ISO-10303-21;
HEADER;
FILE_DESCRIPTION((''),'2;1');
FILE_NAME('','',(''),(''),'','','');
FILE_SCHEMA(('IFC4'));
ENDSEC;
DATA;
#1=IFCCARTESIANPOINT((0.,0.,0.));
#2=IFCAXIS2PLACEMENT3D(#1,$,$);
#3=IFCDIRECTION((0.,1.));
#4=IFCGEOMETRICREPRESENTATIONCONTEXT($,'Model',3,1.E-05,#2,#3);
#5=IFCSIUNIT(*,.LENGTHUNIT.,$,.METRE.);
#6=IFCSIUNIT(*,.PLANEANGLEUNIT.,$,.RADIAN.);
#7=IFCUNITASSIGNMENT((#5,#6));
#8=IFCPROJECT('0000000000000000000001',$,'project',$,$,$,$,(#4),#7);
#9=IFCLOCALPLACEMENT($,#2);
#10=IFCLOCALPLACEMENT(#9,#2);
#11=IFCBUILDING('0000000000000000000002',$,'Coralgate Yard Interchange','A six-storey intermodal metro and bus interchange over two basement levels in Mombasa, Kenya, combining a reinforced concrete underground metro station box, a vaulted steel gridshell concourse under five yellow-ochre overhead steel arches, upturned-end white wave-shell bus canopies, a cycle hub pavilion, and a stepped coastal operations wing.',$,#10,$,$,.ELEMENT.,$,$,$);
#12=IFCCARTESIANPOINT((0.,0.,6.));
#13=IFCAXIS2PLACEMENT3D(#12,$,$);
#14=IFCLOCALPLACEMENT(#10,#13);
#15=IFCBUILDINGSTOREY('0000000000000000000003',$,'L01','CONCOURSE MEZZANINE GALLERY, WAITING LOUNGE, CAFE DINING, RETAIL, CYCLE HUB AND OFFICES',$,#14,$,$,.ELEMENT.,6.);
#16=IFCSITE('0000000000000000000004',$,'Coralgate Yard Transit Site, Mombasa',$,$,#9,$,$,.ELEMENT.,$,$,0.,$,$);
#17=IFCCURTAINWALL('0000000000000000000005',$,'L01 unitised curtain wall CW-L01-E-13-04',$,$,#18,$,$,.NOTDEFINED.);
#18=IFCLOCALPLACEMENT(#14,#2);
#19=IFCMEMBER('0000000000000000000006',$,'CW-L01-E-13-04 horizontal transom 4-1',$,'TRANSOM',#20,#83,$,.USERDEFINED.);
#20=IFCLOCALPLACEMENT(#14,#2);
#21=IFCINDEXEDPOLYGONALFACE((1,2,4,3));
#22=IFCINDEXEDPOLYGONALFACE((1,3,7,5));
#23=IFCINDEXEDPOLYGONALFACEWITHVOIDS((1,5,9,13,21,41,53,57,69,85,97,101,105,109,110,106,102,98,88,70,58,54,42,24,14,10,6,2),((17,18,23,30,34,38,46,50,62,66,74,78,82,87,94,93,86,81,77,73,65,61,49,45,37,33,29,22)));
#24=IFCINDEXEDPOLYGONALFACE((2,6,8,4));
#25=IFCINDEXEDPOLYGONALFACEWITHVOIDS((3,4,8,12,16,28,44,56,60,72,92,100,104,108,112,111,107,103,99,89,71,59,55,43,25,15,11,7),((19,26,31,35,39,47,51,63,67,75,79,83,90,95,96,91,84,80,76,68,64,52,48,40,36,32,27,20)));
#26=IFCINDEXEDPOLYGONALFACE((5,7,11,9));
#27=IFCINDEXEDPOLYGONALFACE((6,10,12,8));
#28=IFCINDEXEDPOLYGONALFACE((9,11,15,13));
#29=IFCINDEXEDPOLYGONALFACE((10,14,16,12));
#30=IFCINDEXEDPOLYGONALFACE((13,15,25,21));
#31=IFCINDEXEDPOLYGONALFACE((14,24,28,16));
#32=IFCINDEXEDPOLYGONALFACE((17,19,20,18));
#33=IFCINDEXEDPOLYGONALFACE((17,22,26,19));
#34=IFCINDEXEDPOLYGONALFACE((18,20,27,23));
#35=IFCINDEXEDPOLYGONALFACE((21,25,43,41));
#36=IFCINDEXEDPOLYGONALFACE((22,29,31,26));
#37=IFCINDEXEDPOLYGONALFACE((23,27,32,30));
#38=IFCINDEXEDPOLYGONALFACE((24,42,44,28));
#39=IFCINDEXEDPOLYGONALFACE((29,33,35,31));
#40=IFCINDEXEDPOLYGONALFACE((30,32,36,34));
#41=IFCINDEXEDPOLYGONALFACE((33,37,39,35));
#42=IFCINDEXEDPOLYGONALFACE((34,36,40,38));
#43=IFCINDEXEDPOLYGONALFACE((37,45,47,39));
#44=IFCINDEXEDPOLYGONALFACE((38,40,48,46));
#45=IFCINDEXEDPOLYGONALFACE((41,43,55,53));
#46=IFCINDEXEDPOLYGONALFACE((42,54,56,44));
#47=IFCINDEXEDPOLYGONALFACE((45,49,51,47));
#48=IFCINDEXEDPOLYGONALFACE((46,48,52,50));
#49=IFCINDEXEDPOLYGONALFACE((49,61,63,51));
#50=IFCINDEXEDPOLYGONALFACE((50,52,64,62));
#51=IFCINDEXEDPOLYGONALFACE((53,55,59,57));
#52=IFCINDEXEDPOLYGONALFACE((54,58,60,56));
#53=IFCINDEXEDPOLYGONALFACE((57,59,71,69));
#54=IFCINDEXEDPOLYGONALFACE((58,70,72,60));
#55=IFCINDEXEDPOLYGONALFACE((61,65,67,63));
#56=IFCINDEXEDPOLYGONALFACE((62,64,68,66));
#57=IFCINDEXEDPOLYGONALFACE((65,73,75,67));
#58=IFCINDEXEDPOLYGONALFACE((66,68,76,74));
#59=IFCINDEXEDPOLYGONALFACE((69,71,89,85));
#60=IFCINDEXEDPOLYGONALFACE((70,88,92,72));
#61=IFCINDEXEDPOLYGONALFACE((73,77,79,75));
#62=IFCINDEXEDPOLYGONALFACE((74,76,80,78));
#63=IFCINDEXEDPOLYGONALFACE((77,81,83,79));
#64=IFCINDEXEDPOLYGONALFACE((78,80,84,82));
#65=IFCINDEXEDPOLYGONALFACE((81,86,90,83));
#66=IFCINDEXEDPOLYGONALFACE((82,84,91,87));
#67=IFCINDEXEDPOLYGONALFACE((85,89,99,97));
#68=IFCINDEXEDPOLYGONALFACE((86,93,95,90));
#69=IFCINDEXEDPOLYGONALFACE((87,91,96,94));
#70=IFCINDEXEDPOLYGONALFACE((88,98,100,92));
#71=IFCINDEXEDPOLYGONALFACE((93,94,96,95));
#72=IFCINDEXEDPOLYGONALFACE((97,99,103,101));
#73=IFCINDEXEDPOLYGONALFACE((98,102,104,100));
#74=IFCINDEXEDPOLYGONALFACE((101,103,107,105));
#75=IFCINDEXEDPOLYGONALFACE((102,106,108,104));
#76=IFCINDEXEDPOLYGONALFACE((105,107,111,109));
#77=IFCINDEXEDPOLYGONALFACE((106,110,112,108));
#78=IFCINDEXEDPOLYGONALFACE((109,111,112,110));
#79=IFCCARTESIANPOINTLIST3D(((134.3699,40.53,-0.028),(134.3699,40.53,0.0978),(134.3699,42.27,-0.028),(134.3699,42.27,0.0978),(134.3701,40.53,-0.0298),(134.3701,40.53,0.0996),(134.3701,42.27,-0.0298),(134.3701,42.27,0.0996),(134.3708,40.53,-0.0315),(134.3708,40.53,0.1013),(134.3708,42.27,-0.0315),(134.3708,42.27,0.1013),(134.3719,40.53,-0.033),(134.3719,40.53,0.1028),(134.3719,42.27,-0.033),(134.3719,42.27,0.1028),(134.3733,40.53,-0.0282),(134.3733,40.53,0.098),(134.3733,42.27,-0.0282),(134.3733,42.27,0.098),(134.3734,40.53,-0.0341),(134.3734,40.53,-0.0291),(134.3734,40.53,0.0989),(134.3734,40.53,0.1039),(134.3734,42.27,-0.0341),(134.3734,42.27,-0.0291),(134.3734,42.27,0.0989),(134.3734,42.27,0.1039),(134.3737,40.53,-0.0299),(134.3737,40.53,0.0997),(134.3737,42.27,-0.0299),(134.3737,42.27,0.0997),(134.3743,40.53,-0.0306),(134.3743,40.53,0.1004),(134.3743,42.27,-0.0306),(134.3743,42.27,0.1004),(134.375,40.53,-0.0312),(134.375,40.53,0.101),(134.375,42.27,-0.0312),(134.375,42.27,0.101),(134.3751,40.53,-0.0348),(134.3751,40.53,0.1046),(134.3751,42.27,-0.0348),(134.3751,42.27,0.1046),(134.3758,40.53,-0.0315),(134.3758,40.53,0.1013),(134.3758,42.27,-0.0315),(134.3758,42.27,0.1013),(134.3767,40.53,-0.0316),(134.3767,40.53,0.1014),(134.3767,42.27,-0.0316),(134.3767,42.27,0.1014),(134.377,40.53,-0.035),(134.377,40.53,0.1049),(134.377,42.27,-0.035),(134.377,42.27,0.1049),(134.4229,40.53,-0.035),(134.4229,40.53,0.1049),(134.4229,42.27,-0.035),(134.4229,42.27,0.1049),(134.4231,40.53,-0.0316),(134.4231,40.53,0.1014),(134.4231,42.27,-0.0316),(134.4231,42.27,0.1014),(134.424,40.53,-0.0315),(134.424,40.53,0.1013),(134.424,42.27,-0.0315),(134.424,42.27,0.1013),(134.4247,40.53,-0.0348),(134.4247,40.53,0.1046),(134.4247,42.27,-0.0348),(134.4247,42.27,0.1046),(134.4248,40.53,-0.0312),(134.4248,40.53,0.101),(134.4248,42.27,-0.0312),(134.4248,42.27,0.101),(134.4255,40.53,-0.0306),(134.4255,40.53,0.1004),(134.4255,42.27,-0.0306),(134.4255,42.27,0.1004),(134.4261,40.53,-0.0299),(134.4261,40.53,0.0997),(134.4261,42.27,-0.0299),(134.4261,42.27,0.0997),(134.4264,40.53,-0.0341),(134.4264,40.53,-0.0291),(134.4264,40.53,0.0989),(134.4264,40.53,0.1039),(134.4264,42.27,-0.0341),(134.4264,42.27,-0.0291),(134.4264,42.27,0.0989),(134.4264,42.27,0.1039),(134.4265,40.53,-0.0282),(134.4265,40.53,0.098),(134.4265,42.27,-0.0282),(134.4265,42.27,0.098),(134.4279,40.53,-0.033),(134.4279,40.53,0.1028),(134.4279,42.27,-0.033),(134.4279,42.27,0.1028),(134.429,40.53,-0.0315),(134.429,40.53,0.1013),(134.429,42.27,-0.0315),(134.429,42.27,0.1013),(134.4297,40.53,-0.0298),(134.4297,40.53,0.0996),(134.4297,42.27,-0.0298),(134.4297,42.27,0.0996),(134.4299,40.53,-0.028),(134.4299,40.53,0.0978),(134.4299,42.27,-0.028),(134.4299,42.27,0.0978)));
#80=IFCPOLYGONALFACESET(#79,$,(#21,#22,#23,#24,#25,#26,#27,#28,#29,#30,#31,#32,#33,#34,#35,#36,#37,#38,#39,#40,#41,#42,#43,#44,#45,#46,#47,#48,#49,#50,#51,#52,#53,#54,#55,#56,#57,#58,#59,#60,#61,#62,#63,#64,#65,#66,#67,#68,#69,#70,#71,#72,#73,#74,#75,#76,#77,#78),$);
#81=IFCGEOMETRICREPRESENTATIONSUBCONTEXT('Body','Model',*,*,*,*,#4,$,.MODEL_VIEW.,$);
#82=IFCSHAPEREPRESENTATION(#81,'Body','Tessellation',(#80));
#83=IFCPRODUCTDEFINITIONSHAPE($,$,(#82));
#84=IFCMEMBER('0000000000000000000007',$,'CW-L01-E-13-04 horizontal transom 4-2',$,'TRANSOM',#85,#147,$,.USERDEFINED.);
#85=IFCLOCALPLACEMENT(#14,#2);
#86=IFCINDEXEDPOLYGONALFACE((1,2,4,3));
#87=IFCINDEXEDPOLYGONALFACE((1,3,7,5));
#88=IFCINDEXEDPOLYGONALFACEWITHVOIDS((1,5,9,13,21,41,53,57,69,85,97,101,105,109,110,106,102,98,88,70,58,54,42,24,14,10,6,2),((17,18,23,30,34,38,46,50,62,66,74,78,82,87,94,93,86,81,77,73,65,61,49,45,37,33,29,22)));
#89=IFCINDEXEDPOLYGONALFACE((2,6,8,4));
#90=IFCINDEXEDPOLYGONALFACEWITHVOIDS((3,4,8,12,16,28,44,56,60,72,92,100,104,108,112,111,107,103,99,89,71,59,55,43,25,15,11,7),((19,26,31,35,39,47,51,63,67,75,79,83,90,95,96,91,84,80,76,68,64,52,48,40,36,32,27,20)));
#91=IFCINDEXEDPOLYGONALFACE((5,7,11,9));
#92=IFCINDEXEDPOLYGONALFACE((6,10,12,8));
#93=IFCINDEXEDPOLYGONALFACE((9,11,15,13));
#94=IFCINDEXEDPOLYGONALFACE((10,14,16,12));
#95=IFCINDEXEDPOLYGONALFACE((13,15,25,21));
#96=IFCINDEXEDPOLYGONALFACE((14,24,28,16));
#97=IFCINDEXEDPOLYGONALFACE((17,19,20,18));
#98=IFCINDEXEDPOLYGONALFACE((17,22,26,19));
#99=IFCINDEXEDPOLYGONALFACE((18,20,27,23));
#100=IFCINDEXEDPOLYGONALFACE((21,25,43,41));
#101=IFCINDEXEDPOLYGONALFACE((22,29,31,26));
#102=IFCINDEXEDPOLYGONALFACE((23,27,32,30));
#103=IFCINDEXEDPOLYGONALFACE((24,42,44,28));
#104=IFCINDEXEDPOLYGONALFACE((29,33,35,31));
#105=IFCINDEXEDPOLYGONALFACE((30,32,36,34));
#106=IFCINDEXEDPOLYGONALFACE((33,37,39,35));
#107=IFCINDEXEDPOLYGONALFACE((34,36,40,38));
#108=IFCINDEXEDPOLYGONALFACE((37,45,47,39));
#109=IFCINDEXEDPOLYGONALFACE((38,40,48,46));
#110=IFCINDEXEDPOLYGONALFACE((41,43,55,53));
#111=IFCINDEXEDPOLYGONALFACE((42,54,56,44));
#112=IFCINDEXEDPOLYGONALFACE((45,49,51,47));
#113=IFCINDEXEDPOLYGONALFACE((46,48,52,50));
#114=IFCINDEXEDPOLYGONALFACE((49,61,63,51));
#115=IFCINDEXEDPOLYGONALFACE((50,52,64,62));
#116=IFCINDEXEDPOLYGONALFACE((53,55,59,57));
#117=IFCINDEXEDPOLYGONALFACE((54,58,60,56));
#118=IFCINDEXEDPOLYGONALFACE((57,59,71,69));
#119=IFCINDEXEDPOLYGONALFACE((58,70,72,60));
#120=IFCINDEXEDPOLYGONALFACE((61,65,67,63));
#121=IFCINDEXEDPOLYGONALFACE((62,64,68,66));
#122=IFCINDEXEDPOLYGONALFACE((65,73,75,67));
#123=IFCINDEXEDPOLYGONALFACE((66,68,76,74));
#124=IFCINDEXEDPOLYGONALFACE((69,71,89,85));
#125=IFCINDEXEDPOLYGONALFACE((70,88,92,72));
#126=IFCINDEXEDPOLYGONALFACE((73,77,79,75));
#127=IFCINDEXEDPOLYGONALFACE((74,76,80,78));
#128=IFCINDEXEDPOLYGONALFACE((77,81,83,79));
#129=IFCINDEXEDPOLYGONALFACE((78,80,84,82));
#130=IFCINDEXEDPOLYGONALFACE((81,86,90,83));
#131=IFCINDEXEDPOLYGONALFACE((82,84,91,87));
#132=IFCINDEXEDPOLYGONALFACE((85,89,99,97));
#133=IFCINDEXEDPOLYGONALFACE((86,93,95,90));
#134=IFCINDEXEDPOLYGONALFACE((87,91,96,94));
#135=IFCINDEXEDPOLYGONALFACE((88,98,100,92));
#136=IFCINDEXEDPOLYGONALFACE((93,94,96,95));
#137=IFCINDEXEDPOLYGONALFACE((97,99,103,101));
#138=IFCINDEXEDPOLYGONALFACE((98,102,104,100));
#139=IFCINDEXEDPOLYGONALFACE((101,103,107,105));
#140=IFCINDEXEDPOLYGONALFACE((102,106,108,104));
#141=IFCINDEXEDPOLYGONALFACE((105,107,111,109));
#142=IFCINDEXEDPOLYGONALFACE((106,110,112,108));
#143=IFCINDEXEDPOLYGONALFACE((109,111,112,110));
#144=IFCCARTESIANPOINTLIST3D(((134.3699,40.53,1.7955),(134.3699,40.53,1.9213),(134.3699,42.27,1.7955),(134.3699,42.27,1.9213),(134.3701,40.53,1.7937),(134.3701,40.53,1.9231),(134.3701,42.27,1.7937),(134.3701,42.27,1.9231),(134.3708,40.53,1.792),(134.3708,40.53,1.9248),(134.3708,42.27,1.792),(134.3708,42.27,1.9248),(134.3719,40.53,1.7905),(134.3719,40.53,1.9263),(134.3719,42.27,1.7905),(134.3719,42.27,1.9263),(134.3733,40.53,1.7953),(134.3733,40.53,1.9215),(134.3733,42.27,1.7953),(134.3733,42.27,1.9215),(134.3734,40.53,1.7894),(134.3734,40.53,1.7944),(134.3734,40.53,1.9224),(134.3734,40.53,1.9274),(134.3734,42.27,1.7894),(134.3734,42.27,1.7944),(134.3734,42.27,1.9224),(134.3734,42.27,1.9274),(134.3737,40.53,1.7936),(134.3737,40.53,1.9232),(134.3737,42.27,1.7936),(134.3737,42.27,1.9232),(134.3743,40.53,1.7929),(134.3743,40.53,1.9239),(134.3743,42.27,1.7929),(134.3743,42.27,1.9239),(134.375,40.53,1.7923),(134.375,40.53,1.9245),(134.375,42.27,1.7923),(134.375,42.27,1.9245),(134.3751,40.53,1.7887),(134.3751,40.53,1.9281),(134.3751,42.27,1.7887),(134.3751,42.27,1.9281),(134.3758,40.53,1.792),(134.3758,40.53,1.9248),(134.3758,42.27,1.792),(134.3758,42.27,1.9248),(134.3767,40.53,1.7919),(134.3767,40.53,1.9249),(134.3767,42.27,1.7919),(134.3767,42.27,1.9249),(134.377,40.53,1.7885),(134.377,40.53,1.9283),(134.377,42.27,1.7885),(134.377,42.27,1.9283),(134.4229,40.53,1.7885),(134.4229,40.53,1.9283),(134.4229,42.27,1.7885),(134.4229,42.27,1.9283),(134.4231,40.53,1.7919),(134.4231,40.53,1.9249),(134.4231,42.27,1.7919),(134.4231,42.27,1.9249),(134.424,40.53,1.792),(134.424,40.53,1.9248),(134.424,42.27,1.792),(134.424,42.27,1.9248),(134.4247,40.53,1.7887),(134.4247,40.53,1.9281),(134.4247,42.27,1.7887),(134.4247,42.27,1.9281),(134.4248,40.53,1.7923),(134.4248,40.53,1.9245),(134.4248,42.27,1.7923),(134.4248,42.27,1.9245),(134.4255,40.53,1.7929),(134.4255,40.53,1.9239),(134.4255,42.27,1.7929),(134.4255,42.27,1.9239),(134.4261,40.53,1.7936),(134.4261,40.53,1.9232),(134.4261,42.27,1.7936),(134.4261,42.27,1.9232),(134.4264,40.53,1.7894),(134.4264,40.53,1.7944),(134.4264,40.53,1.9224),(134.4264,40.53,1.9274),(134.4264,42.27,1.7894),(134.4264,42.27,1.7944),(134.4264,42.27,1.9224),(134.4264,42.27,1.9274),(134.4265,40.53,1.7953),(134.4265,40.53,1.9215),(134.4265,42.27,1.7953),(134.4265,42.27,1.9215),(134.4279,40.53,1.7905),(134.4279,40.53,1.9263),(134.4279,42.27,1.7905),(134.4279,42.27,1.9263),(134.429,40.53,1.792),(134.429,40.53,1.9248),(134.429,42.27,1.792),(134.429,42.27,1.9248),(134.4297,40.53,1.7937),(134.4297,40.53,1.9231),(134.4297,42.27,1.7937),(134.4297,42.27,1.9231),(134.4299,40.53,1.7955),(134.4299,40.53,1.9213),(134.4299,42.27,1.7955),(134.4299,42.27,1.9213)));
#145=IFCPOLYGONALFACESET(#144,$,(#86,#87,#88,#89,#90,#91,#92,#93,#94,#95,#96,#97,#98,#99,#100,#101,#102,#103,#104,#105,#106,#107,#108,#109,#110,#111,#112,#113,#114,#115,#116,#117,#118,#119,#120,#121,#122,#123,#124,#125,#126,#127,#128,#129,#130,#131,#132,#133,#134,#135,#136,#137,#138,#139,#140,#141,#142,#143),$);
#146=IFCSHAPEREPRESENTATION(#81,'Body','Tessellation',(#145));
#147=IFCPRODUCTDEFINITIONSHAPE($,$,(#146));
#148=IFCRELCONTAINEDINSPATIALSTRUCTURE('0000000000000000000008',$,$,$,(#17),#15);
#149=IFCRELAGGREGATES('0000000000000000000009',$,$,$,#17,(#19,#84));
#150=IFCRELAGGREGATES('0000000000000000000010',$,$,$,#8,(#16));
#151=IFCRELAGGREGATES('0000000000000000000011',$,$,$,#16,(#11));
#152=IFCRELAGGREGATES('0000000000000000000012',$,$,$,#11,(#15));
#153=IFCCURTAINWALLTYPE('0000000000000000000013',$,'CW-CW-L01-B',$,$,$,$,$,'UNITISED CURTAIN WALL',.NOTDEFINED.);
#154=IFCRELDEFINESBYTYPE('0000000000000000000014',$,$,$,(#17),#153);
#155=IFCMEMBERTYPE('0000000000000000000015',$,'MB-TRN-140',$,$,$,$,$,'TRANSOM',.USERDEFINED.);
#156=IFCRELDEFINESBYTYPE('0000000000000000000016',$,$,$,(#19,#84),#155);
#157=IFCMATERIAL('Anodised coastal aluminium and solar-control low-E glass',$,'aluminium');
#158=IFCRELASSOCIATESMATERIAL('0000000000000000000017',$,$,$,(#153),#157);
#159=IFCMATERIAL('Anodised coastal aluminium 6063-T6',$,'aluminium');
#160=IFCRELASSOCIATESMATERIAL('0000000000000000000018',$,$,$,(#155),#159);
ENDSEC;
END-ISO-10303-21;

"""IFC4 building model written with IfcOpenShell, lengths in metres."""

from ifc_helpers import new_model, si_unit, direction, frame, origin, origin_2d, place, context, subcontext, project, spatial, hollow_rectangle, extrude, material, material_profile, profile_set, type_object, element, aggregate, save


model = new_model("IFC4")

# Units and contexts
model_context = context("Model", 3, precision=1e-05, world=origin(), true_north=direction((0.0, 1.0)))
body_context = subcontext(model_context, "Body", "Model", "MODEL_VIEW")
ifc_project = project(units=[si_unit("LENGTHUNIT", "METRE"), si_unit("PLANEANGLEUNIT", "RADIAN")], contexts=[model_context])

# Site, building, storey
site_placement = place(None, origin())
site = spatial("IfcSite", under=ifc_project, at=site_placement, Name="Coralgate Yard Transit Site, Mombasa", CompositionType="ELEMENT", RefElevation=0.0)
building_placement = place(site_placement, origin())
building = spatial("IfcBuilding", under=site, at=building_placement, Name="Coralgate Yard Interchange", Description="A six-storey intermodal metro and bus interchange over two basement levels in Mombasa, Kenya, combining a reinforced concrete underground metro station box, a vaulted steel gridshell concourse under five yellow-ochre overhead steel arches, upturned-end white wave-shell bus canopies, a cycle hub pavilion, and a stepped coastal operations wing.", CompositionType="ELEMENT")
storey_placement = place(building_placement, frame((0.0, 0.0, 6.0)))
storey = spatial("IfcBuildingStorey", under=building, at=storey_placement, Name="L01", Description="CONCOURSE MEZZANINE GALLERY, WAITING LOUNGE, CAFE DINING, RETAIL, CYCLE HUB AND OFFICES", CompositionType="ELEMENT", Elevation=6.0)

# Curtain wall, members
ifc_material_1 = material(Name="Anodised coastal aluminium and solar-control low-E glass", Category="aluminium")
curtain_wall_type = type_object("IfcCurtainWallType", Name="CW-CW-L01-B", ElementType="UNITISED CURTAIN WALL", PredefinedType="NOTDEFINED", material=ifc_material_1)
curtain_wall_placement = place(storey_placement, origin())
curtain_wall = element("IfcCurtainWall", 1, at=curtain_wall_placement, inside=storey, type_object=curtain_wall_type, Name="L01 unitised curtain wall CW-L01-E-13-04", PredefinedType="NOTDEFINED")
ifc_material_2 = material(Name="Anodised coastal aluminium 6063-T6", Category="aluminium")
ifc_material_profile_1 = material_profile(ifc_material_2, hollow_rectangle(XDim=0.0601, YDim=0.1399, WallThickness=0.0034, InnerFilletRadius=0.0034, OuterFilletRadius=0.0071, at=origin_2d()), Name="ALU 60x140x3.5")
ifc_profile_set_1 = profile_set([ifc_material_profile_1], Name="Anodised coastal aluminium 6063-T6")
member_type_1 = type_object("IfcMemberType", Name="MB-TRN-140", ElementType="TRANSOM", PredefinedType="USERDEFINED", material=ifc_profile_set_1)
member_1_placement = place(storey_placement, frame((134.3999, 42.27, 0.0349), z_axis=(0.0, -1.0, 0.0), x_axis=(1.0, 0.0, 0.0)))
member_1 = element("IfcMember", 2, at=member_1_placement, type_object=member_type_1, Name="CW-L01-E-13-04 horizontal transom 4-1", ObjectType="TRANSOM", PredefinedType="USERDEFINED", context=body_context, shape_type="SweptSolid", body=[
    extrude(hollow_rectangle(XDim=0.0601, YDim=0.1399, WallThickness=0.0034, InnerFilletRadius=0.0034, OuterFilletRadius=0.0071, at=origin_2d()), origin(), (0.0, 0.0, 1.0), 1.74),
])
member_2_placement = place(storey_placement, frame((134.3999, 42.27, 1.8584), z_axis=(0.0, -1.0, 0.0), x_axis=(1.0, 0.0, 0.0)))
member_2 = element("IfcMember", 3, at=member_2_placement, type_object=member_type_1, Name="CW-L01-E-13-04 horizontal transom 4-2", ObjectType="TRANSOM", PredefinedType="USERDEFINED", context=body_context, shape_type="SweptSolid", body=[
    extrude(hollow_rectangle(XDim=0.0601, YDim=0.1399, WallThickness=0.0034, InnerFilletRadius=0.0034, OuterFilletRadius=0.0071, at=origin_2d()), origin(), (0.0, 0.0, 1.0), 1.74),
])
aggregate(curtain_wall, [member_1, member_2])

save(model, "model.ifc")
